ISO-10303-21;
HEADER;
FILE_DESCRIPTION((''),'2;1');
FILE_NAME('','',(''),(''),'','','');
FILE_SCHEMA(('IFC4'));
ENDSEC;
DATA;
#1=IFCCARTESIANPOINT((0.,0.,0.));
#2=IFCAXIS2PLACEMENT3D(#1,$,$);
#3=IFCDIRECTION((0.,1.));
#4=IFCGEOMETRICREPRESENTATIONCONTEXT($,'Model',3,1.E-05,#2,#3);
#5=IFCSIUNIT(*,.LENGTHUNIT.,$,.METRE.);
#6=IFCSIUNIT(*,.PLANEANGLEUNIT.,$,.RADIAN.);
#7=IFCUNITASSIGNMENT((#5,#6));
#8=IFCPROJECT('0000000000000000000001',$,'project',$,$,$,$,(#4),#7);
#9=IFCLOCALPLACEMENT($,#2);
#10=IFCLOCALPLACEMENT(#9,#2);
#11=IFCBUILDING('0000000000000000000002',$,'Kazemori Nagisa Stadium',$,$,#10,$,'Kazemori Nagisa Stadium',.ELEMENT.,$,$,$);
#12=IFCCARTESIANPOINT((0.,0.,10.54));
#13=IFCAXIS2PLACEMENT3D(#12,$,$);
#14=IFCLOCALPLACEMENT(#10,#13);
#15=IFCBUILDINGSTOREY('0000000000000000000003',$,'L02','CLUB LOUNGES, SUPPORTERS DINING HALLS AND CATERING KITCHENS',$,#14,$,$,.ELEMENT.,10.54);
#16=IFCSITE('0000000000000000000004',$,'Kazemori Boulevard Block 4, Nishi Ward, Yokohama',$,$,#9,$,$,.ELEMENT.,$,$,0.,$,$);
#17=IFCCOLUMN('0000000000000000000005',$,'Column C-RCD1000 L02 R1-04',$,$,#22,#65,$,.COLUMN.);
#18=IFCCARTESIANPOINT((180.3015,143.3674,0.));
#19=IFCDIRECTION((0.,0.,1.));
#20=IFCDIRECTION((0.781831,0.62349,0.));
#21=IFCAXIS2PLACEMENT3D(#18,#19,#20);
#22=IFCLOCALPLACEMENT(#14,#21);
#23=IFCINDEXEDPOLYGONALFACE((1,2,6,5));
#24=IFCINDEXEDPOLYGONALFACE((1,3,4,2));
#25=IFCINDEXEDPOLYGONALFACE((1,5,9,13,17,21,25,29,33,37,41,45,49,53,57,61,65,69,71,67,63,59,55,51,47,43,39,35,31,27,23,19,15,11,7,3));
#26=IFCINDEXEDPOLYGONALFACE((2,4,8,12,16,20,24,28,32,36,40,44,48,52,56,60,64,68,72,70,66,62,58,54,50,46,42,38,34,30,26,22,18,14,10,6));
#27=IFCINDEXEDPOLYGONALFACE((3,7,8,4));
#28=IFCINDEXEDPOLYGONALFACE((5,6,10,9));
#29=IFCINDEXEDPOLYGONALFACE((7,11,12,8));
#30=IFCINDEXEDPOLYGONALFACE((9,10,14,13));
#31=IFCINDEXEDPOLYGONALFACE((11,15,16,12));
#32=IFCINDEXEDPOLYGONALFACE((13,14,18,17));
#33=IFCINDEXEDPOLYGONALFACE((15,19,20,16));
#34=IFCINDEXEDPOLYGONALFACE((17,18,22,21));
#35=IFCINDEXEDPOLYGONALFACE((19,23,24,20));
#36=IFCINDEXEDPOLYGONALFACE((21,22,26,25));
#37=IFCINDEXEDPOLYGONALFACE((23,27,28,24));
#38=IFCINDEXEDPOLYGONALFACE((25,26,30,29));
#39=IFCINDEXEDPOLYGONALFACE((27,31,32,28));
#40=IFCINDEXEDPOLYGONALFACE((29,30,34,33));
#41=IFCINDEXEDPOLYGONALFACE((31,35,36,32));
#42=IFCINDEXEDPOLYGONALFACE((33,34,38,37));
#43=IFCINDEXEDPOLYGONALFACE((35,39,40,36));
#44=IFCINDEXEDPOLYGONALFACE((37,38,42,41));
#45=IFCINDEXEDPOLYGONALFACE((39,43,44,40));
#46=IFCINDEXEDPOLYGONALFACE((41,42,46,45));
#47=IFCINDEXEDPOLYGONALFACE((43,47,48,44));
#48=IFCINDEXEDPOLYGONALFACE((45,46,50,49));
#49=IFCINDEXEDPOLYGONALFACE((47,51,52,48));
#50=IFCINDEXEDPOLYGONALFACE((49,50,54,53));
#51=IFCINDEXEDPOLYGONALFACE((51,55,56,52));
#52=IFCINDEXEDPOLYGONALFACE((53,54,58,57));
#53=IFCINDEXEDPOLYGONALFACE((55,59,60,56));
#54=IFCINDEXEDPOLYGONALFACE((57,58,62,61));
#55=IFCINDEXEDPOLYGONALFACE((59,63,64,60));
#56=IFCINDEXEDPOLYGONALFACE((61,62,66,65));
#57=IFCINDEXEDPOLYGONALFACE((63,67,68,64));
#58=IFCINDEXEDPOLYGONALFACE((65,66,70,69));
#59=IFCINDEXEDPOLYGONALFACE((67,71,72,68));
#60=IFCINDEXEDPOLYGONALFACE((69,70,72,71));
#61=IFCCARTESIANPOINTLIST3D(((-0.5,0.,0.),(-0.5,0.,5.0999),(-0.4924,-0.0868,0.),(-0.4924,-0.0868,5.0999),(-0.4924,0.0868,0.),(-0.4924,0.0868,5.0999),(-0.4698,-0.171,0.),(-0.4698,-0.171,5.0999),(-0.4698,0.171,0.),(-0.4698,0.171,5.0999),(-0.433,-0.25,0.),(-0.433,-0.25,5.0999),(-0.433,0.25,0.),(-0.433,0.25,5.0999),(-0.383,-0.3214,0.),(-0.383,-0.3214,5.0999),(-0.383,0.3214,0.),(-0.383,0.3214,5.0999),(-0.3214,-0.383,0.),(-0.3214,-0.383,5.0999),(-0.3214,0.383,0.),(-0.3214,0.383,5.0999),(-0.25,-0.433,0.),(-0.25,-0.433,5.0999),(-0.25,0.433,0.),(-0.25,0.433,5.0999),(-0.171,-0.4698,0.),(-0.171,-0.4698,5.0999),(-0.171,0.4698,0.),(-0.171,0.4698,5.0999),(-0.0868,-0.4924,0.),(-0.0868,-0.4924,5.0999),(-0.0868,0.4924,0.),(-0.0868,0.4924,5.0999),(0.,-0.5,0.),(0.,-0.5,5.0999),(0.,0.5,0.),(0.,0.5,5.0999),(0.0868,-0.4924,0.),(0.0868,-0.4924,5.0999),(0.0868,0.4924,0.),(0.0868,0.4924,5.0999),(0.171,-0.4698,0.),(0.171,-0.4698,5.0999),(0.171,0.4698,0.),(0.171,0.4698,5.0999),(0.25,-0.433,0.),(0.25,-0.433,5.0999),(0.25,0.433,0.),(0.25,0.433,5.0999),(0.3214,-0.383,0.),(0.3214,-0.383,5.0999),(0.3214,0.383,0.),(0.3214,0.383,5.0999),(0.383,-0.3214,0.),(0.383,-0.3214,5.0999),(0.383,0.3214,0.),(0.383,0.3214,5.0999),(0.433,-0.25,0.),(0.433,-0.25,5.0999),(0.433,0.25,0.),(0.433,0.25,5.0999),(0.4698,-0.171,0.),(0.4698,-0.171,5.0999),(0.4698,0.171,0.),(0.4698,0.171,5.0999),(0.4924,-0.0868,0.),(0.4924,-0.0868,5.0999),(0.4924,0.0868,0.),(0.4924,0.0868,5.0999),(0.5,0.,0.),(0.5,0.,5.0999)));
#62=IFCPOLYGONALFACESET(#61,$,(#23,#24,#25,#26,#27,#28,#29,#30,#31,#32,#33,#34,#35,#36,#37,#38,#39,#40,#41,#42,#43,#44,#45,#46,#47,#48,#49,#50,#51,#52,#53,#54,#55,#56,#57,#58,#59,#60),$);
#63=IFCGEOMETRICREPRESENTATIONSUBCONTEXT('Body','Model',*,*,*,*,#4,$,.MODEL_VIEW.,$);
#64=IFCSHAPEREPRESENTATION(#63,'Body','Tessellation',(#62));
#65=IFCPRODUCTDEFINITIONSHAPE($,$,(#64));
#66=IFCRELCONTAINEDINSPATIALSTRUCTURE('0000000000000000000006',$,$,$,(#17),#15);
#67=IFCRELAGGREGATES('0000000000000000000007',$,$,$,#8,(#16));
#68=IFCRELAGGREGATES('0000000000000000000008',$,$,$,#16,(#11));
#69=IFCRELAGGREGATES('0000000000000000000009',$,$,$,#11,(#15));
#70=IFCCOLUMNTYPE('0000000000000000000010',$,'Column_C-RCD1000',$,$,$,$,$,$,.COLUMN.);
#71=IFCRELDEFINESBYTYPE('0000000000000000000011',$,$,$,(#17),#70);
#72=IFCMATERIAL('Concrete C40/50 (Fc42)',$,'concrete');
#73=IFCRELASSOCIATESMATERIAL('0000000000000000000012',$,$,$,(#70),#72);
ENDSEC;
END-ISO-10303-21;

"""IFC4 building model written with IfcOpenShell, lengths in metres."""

from ifc_helpers import new_model, si_unit, direction, frame, origin, origin_2d, place, context, subcontext, project, spatial, circle, extrude, material, material_profile, profile_set, type_object, element, save


model = new_model("IFC4")

# Units and contexts
model_context = context("Model", 3, precision=1e-05, world=origin(), true_north=direction((0.0, 1.0)))
body_context = subcontext(model_context, "Body", "Model", "MODEL_VIEW")
ifc_project = project(units=[si_unit("LENGTHUNIT", "METRE"), si_unit("PLANEANGLEUNIT", "RADIAN")], contexts=[model_context])

# Site, building, storey
site_placement = place(None, origin())
site = spatial("IfcSite", under=ifc_project, at=site_placement, Name="Kazemori Boulevard Block 4, Nishi Ward, Yokohama", CompositionType="ELEMENT", RefElevation=0.0)
building_placement = place(site_placement, origin())
building = spatial("IfcBuilding", under=site, at=building_placement, Name="Kazemori Nagisa Stadium", LongName="Kazemori Nagisa Stadium", CompositionType="ELEMENT")
storey_placement = place(building_placement, frame((0.0, 0.0, 10.54)))
storey = spatial("IfcBuildingStorey", under=building, at=storey_placement, Name="L02", Description="CLUB LOUNGES, SUPPORTERS DINING HALLS AND CATERING KITCHENS", CompositionType="ELEMENT", Elevation=10.54)

# Column
ifc_material_1 = material(Name="Concrete C40/50 (Fc42)", Category="concrete")
ifc_material_profile_1 = material_profile(ifc_material_1, circle(Radius=0.5, at=origin_2d()), Name="RC-COL-D1000")
ifc_profile_set_1 = profile_set([ifc_material_profile_1], Name="Concrete C40/50 (Fc42)")
column_type_1 = type_object("IfcColumnType", Name="Column_C-RCD1000", PredefinedType="COLUMN", material=ifc_profile_set_1)
column_1_placement = place(storey_placement, frame((180.3015, 143.3674, 0.0), z_axis=(0.0, 0.0, 1.0), x_axis=(0.781831, 0.62349, 0.0)))
element("IfcColumn", 1, at=column_1_placement, inside=storey, type_object=column_type_1, Name="Column C-RCD1000 L02 R1-04", PredefinedType="COLUMN", context=body_context, shape_type="SweptSolid", body=[
    extrude(circle(Radius=0.5, at=origin_2d()), origin(), (0.0, 0.0, 1.0), 5.0999),
])

save(model, "model.ifc")
